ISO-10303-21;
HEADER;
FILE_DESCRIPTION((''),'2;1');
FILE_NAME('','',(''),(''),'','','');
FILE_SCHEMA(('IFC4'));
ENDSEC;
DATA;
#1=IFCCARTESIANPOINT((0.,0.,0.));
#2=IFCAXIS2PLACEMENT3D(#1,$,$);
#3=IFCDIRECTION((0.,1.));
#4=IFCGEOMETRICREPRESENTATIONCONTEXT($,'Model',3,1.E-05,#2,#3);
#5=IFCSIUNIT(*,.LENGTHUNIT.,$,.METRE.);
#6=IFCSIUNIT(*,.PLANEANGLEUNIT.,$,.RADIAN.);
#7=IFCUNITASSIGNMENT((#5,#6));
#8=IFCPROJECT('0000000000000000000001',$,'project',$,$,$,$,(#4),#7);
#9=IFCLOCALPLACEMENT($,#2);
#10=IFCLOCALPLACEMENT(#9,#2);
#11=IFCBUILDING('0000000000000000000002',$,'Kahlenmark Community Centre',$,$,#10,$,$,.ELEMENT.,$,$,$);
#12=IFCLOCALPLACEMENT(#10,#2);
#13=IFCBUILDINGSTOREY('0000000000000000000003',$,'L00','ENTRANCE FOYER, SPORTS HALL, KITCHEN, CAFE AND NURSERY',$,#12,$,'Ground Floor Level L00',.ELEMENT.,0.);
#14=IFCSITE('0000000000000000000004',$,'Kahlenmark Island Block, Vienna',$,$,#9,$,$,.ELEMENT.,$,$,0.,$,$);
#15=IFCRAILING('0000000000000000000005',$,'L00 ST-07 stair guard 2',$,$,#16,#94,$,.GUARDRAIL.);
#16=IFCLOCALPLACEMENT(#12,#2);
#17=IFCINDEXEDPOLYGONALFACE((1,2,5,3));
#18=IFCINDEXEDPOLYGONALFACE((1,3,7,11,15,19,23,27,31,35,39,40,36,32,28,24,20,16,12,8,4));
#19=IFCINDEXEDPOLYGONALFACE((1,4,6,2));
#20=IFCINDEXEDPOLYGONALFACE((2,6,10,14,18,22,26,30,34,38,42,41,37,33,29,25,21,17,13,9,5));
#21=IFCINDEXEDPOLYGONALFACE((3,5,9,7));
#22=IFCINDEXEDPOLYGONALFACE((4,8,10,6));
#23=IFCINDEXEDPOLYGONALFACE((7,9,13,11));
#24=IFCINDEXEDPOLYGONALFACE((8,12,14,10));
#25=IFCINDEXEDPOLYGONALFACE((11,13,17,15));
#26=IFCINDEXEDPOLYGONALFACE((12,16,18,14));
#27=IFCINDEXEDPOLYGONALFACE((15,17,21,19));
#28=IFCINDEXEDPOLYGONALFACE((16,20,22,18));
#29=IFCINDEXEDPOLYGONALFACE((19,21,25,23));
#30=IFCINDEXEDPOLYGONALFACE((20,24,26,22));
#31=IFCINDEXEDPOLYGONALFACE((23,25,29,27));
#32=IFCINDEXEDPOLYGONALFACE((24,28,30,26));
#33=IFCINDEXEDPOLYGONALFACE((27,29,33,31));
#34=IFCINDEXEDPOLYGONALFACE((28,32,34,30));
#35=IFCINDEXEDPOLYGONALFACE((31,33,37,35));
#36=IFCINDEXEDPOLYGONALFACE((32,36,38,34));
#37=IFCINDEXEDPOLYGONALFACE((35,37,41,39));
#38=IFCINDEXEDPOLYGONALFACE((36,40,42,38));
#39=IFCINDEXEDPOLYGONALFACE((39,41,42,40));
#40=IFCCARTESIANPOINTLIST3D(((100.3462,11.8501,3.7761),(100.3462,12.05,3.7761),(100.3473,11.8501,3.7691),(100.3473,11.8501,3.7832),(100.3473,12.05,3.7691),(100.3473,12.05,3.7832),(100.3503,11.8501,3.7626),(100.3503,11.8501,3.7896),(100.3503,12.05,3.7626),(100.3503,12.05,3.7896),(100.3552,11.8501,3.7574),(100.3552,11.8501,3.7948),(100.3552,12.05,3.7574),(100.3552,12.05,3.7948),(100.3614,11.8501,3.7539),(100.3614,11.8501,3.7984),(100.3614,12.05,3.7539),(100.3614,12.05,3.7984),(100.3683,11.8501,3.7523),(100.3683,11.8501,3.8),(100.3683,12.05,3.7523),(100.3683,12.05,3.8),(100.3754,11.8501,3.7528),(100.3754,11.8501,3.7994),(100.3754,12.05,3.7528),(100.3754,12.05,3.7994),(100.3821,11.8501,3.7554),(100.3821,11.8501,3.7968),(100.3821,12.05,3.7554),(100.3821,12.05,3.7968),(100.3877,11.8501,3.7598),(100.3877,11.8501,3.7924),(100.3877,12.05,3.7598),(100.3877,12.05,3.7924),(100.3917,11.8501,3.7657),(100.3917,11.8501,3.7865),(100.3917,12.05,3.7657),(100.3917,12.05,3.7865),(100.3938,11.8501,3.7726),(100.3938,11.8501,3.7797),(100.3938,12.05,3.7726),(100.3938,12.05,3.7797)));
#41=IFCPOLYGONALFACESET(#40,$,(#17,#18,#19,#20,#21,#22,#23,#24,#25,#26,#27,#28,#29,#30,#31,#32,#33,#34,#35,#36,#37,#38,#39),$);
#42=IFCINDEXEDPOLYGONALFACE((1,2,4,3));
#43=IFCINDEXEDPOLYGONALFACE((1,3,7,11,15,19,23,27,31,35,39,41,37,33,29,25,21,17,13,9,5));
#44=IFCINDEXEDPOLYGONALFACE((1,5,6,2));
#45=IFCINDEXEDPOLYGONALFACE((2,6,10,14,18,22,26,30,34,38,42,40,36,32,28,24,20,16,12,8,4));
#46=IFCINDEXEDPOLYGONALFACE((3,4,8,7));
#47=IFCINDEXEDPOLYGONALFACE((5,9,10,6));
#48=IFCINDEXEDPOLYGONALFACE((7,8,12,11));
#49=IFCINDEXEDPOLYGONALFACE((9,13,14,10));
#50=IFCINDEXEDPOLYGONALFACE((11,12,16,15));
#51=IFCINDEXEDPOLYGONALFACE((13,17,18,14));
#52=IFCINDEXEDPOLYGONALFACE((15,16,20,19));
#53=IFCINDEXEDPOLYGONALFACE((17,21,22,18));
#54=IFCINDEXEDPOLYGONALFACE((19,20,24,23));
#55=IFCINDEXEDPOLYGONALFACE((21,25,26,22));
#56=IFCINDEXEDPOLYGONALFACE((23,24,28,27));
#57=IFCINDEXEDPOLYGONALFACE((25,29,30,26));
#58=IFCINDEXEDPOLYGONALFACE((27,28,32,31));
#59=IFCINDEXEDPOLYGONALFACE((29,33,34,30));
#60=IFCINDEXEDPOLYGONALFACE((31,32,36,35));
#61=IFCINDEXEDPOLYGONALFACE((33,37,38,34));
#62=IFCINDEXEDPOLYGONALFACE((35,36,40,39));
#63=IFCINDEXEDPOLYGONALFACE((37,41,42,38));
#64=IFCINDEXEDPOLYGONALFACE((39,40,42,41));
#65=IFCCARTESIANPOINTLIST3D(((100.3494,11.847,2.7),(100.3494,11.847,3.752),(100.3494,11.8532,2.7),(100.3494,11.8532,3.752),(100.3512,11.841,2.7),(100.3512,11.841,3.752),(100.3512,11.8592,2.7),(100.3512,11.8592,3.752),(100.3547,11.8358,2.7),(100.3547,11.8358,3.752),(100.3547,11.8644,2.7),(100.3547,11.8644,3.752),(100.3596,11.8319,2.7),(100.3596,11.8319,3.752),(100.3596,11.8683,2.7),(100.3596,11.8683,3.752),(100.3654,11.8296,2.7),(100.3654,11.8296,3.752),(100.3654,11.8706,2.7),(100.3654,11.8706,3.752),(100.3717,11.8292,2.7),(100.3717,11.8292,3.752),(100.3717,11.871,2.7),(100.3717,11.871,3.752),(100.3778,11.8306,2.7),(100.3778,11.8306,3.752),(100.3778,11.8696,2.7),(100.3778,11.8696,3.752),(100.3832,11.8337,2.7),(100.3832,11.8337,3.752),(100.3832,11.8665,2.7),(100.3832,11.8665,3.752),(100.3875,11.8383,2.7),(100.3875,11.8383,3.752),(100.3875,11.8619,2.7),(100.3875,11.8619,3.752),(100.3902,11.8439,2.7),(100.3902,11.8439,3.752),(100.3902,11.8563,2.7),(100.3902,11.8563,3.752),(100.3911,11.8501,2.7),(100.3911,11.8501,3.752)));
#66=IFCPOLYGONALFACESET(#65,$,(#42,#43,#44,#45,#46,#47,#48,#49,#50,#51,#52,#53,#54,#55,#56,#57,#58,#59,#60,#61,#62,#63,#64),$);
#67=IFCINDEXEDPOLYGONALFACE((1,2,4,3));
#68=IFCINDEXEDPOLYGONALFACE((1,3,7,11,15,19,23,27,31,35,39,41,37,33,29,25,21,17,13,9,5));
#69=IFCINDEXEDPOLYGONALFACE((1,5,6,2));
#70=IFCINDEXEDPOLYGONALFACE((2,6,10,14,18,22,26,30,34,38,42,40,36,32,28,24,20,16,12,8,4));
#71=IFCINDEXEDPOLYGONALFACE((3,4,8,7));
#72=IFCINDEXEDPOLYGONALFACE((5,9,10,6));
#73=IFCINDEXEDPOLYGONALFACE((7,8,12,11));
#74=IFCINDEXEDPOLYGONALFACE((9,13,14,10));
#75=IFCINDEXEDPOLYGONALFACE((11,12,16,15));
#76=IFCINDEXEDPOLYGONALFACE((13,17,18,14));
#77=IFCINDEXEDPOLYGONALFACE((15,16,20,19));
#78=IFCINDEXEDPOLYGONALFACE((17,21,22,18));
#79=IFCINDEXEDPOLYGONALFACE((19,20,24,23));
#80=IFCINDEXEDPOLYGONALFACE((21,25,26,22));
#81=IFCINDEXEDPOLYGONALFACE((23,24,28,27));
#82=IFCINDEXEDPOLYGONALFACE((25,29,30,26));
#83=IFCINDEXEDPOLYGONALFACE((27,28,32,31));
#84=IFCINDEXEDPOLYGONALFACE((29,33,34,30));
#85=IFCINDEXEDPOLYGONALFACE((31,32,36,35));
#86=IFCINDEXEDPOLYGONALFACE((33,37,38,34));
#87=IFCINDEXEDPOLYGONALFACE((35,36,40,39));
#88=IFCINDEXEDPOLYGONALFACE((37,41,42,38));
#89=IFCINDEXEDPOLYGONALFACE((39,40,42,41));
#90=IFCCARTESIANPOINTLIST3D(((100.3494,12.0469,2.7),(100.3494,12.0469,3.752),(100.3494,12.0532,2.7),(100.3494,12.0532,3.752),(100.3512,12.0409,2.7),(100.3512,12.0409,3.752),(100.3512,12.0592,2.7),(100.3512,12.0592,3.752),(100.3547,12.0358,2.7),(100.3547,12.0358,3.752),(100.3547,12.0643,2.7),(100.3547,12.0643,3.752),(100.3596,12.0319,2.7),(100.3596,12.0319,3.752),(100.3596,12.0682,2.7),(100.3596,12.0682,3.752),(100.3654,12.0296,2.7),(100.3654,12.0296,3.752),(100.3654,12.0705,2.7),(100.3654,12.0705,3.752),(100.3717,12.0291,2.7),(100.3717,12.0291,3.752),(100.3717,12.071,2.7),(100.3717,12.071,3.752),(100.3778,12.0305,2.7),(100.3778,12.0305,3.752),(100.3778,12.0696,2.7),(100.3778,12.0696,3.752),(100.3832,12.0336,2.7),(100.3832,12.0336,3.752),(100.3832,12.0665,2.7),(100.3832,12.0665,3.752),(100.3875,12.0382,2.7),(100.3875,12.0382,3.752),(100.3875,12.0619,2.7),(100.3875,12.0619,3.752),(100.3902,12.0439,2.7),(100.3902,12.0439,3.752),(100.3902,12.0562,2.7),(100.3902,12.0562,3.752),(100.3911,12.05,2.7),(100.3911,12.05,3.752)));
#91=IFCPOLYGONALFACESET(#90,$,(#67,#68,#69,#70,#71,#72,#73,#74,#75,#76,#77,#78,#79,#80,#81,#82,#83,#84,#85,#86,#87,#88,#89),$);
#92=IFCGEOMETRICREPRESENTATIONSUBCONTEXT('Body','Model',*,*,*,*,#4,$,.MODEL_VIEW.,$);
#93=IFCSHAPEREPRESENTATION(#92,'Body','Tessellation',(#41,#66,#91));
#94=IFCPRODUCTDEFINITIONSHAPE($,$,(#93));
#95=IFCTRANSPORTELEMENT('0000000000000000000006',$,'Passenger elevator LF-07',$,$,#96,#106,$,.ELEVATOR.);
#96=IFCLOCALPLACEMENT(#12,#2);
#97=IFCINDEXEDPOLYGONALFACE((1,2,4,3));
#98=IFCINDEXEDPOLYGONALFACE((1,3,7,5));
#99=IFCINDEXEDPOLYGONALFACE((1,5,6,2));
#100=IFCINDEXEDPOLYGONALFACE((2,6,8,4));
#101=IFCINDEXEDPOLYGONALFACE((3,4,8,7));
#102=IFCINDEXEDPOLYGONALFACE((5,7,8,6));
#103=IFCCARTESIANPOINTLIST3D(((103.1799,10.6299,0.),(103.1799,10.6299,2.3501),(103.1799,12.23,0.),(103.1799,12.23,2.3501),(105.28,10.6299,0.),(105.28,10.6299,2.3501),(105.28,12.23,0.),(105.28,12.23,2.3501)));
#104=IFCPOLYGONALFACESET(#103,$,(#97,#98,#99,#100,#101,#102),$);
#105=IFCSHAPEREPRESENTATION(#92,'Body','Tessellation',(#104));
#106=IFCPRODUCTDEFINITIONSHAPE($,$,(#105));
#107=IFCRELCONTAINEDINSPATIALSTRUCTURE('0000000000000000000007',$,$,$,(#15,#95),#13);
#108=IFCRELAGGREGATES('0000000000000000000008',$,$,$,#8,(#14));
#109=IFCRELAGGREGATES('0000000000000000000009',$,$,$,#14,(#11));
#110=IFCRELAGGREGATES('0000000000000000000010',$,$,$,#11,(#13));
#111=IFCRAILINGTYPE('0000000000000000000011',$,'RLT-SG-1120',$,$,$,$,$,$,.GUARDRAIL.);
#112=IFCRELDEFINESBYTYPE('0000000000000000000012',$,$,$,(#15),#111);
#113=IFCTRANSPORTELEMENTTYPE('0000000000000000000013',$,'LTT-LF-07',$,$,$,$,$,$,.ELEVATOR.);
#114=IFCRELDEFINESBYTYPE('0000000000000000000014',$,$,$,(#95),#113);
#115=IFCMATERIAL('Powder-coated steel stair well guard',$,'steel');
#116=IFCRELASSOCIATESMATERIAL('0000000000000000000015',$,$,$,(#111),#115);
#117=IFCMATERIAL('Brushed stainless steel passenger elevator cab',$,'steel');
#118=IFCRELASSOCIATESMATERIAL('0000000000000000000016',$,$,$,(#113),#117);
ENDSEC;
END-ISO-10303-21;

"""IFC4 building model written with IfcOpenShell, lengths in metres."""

from ifc_helpers import new_model, si_unit, direction, frame, origin, origin_2d, place, context, subcontext, project, spatial, rectangle, circle, extrude, material, type_object, element, save


model = new_model("IFC4")

# Units and contexts
model_context = context("Model", 3, precision=1e-05, world=origin(), true_north=direction((0.0, 1.0)))
body_context = subcontext(model_context, "Body", "Model", "MODEL_VIEW")
ifc_project = project(units=[si_unit("LENGTHUNIT", "METRE"), si_unit("PLANEANGLEUNIT", "RADIAN")], contexts=[model_context])

# Site, building, storey
site_placement = place(None, origin())
site = spatial("IfcSite", under=ifc_project, at=site_placement, Name="Kahlenmark Island Block, Vienna", CompositionType="ELEMENT", RefElevation=0.0)
building_placement = place(site_placement, origin())
building = spatial("IfcBuilding", under=site, at=building_placement, Name="Kahlenmark Community Centre", CompositionType="ELEMENT")
storey_placement = place(building_placement, origin())
storey = spatial("IfcBuildingStorey", under=building, at=storey_placement, Name="L00", Description="ENTRANCE FOYER, SPORTS HALL, KITCHEN, CAFE AND NURSERY", LongName="Ground Floor Level L00", CompositionType="ELEMENT", Elevation=0.0)

# Railing
ifc_material_1 = material(Name="Powder-coated steel stair well guard", Category="steel")
railing_type_1 = type_object("IfcRailingType", Name="RLT-SG-1120", PredefinedType="GUARDRAIL", material=ifc_material_1)
railing_1_placement = place(storey_placement, frame((100.3701, 11.8501, 2.7)))
element("IfcRailing", 1, at=railing_1_placement, inside=storey, type_object=railing_type_1, Name="L00 ST-07 stair guard 2", PredefinedType="GUARDRAIL", context=body_context, shape_type="SweptSolid", body=[
    extrude(circle(Radius=0.0239, at=origin_2d()), frame((0.0, 0.0, 1.0762), z_axis=(0.0, 1.0, 0.0), x_axis=(-1.0, 0.0, 0.0)), (0.0, 0.0, 1.0), 0.2),
    extrude(circle(Radius=0.021, at=origin_2d()), origin(), (0.0, 0.0, 1.0), 1.052),
    extrude(circle(Radius=0.021, at=origin_2d()), frame((0.0, 0.2, 0.0)), (0.0, 0.0, 1.0), 1.052),
])

# Transport element
ifc_material_2 = material(Name="Brushed stainless steel passenger elevator cab", Category="steel")
transport_element_type = type_object("IfcTransportElementType", Name="LTT-LF-07", PredefinedType="ELEVATOR", material=ifc_material_2)
transport_element_placement = place(storey_placement, frame((104.23, 11.4299, 0.0), z_axis=(0.0, 0.0, 1.0), x_axis=(1.0, 0.0, 0.0)))
element("IfcTransportElement", 2, at=transport_element_placement, inside=storey, type_object=transport_element_type, Name="Passenger elevator LF-07", PredefinedType="ELEVATOR", context=body_context, shape_type="SweptSolid", body=[
    extrude(rectangle(XDim=2.1001, YDim=1.6001, at=origin_2d()), origin(), (0.0, 0.0, 1.0), 2.3501),
])

save(model, "model.ifc")
